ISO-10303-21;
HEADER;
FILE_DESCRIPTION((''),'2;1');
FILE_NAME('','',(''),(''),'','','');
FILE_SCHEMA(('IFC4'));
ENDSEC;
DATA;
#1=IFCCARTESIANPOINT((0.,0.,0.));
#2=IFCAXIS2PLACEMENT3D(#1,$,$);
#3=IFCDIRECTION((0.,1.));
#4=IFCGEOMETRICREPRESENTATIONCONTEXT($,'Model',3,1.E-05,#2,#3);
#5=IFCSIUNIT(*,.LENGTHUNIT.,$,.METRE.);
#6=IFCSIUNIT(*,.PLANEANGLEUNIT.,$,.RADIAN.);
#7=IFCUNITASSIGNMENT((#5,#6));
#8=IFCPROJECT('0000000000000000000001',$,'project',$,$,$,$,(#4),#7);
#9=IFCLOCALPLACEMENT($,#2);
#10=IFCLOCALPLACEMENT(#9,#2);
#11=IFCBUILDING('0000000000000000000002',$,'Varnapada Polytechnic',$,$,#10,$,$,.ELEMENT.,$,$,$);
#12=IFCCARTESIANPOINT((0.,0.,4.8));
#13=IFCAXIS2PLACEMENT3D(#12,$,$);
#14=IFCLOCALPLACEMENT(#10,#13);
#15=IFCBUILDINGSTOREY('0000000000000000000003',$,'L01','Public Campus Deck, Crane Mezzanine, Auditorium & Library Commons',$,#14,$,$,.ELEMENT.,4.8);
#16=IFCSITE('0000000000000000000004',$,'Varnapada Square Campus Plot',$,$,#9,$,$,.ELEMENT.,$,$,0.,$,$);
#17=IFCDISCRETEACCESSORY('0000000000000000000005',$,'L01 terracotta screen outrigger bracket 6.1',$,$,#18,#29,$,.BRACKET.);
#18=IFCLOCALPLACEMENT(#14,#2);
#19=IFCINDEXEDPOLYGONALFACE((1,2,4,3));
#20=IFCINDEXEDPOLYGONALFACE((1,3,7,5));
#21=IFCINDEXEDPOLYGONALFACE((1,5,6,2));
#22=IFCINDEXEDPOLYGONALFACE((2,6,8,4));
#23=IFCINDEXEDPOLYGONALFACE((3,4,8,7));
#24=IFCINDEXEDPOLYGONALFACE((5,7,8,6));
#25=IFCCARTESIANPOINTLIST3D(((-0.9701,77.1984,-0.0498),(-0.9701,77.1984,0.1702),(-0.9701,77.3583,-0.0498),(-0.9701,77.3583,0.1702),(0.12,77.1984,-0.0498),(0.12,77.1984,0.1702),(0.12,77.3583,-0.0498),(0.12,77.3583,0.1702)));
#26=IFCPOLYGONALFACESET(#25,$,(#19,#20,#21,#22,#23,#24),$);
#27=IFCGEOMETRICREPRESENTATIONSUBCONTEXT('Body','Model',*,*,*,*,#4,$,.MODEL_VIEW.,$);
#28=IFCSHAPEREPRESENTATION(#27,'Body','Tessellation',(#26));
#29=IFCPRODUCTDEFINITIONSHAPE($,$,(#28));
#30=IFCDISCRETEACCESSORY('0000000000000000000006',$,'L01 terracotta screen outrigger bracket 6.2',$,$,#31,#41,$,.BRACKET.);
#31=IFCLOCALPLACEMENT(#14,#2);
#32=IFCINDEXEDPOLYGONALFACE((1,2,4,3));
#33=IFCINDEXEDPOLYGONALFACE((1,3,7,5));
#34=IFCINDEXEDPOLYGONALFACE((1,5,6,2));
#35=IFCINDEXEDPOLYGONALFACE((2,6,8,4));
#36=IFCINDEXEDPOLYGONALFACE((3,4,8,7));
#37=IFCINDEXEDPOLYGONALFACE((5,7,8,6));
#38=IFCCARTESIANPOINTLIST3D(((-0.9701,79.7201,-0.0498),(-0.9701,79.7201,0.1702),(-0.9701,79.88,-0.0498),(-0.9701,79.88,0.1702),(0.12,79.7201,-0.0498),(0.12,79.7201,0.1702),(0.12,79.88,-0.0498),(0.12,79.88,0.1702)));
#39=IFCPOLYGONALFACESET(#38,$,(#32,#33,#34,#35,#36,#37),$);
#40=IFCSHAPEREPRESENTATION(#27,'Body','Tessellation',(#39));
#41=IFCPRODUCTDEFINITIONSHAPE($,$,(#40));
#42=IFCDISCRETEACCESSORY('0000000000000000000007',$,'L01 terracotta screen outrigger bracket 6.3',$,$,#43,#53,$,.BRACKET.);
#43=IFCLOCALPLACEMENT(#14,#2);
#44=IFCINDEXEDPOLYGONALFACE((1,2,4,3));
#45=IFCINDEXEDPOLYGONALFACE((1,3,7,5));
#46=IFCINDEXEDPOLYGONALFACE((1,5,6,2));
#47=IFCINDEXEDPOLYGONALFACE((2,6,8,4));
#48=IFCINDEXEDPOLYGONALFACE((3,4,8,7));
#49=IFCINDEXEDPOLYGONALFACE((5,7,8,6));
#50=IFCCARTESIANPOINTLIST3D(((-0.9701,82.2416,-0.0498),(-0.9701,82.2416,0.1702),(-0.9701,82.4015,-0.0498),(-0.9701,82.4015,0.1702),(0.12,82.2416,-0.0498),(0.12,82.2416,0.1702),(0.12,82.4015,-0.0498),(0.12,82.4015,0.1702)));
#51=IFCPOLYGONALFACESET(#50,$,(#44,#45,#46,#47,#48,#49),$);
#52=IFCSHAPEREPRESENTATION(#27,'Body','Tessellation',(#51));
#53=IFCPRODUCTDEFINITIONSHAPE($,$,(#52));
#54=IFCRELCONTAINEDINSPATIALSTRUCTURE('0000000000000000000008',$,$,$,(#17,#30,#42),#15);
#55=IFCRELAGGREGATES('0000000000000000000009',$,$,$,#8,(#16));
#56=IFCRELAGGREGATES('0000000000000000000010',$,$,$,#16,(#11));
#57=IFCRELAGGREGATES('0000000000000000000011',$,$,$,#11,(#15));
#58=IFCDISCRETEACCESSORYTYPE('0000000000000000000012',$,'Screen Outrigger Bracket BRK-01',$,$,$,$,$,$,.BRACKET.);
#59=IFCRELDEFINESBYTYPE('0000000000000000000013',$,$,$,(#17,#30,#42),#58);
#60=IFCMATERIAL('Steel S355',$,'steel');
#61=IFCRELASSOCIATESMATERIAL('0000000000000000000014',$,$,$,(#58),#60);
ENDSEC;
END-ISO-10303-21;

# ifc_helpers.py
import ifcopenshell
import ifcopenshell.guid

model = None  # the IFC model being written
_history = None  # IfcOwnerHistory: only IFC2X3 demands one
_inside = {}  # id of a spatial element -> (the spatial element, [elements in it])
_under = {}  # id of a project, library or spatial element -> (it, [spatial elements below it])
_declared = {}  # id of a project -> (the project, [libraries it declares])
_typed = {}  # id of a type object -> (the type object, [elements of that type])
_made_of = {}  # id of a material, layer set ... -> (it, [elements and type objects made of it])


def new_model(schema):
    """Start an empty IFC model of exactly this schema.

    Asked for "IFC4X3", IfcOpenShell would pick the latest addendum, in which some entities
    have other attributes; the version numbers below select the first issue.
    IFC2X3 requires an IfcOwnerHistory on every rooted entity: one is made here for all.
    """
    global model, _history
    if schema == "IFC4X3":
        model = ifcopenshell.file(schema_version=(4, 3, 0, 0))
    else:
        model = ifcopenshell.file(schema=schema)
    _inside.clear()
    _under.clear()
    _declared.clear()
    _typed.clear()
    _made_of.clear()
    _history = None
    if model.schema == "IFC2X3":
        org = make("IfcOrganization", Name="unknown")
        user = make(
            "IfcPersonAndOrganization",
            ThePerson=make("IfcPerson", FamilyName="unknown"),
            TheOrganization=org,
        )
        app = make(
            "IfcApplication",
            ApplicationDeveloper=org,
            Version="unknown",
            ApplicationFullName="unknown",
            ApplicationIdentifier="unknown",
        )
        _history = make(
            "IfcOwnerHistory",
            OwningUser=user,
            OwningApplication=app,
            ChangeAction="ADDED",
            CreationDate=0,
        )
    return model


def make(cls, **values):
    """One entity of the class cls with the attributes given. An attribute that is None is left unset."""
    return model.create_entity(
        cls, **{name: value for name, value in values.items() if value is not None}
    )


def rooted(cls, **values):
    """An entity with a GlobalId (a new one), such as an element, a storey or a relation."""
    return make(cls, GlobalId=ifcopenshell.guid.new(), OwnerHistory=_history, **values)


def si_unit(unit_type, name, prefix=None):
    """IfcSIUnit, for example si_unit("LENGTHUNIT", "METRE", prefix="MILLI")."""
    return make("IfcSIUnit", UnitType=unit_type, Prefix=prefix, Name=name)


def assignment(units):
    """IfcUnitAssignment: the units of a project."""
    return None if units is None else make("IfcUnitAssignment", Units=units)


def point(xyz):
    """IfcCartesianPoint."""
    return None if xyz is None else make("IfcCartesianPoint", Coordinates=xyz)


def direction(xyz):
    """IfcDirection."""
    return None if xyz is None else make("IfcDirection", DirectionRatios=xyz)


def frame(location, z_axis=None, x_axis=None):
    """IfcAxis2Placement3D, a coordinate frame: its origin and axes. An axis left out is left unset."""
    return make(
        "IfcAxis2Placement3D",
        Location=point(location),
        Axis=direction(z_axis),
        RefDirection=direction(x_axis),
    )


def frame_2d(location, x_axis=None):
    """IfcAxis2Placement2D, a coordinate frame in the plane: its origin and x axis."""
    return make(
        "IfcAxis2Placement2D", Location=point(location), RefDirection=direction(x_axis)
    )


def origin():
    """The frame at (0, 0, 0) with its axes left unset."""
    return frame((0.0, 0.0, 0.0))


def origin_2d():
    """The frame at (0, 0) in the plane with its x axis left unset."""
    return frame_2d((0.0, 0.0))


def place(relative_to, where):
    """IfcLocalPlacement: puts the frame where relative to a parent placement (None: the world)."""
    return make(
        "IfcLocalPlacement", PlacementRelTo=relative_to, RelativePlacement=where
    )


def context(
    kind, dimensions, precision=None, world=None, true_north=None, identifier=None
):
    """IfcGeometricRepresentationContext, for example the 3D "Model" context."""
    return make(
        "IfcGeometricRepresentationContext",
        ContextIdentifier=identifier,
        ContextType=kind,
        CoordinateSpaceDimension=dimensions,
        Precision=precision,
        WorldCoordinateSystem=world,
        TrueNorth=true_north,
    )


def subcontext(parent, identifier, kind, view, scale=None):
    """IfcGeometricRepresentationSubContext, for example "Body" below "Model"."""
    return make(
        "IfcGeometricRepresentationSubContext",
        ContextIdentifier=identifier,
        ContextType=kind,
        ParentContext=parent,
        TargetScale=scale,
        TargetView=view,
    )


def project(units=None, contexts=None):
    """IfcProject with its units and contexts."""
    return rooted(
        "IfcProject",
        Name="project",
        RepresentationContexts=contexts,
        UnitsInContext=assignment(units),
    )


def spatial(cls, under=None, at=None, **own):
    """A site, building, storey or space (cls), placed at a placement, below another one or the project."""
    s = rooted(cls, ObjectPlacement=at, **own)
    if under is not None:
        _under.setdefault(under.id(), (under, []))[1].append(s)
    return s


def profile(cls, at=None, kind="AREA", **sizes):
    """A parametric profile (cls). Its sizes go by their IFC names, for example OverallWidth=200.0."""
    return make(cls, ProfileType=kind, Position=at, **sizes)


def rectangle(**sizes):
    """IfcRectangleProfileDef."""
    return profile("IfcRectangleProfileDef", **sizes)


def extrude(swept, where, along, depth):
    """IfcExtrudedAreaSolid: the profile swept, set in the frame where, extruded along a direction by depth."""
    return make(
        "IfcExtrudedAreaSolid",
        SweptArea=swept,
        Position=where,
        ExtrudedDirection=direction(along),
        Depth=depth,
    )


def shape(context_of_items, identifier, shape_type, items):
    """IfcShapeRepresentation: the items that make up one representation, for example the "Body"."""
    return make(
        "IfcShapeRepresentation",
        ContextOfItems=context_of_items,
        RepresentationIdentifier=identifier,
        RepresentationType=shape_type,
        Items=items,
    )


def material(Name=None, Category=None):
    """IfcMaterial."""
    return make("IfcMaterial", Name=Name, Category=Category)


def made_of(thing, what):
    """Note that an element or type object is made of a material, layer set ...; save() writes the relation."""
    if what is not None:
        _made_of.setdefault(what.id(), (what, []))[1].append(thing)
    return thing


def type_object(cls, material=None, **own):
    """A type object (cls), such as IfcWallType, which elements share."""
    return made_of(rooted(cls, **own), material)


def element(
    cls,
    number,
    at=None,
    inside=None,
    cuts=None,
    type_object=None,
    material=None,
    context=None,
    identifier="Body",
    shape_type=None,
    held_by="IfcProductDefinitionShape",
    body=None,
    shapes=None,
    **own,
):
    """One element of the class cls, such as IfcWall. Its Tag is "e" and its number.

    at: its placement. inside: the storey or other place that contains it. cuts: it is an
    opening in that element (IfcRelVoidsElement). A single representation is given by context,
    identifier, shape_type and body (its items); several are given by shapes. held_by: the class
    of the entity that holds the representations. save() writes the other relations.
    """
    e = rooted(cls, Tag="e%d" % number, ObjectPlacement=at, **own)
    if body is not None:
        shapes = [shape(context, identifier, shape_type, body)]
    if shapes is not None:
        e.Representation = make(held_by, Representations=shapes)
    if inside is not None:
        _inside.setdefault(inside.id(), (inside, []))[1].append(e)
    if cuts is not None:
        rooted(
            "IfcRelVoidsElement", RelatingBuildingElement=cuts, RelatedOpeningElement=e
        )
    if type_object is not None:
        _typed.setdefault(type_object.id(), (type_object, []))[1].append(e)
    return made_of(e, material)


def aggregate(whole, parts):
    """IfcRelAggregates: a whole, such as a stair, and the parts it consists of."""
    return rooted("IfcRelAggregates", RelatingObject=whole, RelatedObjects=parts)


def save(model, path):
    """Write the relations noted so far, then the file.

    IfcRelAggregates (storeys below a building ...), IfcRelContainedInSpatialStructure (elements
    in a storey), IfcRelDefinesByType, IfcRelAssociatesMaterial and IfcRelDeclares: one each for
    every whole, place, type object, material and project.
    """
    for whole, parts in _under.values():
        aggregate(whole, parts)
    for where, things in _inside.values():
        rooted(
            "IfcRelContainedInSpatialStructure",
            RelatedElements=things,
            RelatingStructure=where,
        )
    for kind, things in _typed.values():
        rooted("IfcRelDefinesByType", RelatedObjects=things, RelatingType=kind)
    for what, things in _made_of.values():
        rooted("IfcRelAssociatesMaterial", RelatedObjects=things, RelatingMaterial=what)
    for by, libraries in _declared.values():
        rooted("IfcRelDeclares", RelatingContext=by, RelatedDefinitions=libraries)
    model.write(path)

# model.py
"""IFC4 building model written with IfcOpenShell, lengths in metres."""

from ifc_helpers import new_model, si_unit, direction, frame, origin, origin_2d, place, context, subcontext, project, spatial, rectangle, extrude, material, type_object, element, save


model = new_model("IFC4")

# Units and contexts
model_context = context("Model", 3, precision=1e-05, world=origin(), true_north=direction((0.0, 1.0)))
body_context = subcontext(model_context, "Body", "Model", "MODEL_VIEW")
ifc_project = project(units=[si_unit("LENGTHUNIT", "METRE"), si_unit("PLANEANGLEUNIT", "RADIAN")], contexts=[model_context])

# Site, building, storey
site_placement = place(None, origin())
site = spatial("IfcSite", under=ifc_project, at=site_placement, Name="Varnapada Square Campus Plot", CompositionType="ELEMENT", RefElevation=0.0)
building_placement = place(site_placement, origin())
building = spatial("IfcBuilding", under=site, at=building_placement, Name="Varnapada Polytechnic", CompositionType="ELEMENT")
storey_placement = place(building_placement, frame((0.0, 0.0, 4.8)))
storey = spatial("IfcBuildingStorey", under=building, at=storey_placement, Name="L01", Description="Public Campus Deck, Crane Mezzanine, Auditorium & Library Commons", CompositionType="ELEMENT", Elevation=4.8)

# Shared definitions
ifc_material_1 = material(Name="Steel S355", Category="steel")

# Discrete accessories
discrete_accessory_type = type_object("IfcDiscreteAccessoryType", Name="Screen Outrigger Bracket BRK-01", PredefinedType="BRACKET", material=ifc_material_1)
for number, where, z_axis, x_axis, name in (
    (1, (-0.425, 77.2783, -0.0498), (0.0, 0.0, 1.0), (0.0, 1.0, 0.0), "L01 terracotta screen outrigger bracket 6.1"),
    (2, (-0.425, 79.8, -0.0498), (0.0, 0.0, 1.0), (0.0, 1.0, 0.0), "L01 terracotta screen outrigger bracket 6.2"),
    (3, (-0.425, 82.3215, -0.0498), (0.0, 0.0, 1.0), (0.0, 1.0, 0.0), "L01 terracotta screen outrigger bracket 6.3"),
):
    element("IfcDiscreteAccessory", number, at=place(storey_placement, frame(where, z_axis=z_axis, x_axis=x_axis)), inside=storey, type_object=discrete_accessory_type, Name=name, PredefinedType="BRACKET", context=body_context, shape_type="SweptSolid", body=[
        extrude(rectangle(XDim=0.1599, YDim=1.0901, at=origin_2d()), origin(), (0.0, 0.0, 1.0), 0.22),
    ])

save(model, "model.ifc")
